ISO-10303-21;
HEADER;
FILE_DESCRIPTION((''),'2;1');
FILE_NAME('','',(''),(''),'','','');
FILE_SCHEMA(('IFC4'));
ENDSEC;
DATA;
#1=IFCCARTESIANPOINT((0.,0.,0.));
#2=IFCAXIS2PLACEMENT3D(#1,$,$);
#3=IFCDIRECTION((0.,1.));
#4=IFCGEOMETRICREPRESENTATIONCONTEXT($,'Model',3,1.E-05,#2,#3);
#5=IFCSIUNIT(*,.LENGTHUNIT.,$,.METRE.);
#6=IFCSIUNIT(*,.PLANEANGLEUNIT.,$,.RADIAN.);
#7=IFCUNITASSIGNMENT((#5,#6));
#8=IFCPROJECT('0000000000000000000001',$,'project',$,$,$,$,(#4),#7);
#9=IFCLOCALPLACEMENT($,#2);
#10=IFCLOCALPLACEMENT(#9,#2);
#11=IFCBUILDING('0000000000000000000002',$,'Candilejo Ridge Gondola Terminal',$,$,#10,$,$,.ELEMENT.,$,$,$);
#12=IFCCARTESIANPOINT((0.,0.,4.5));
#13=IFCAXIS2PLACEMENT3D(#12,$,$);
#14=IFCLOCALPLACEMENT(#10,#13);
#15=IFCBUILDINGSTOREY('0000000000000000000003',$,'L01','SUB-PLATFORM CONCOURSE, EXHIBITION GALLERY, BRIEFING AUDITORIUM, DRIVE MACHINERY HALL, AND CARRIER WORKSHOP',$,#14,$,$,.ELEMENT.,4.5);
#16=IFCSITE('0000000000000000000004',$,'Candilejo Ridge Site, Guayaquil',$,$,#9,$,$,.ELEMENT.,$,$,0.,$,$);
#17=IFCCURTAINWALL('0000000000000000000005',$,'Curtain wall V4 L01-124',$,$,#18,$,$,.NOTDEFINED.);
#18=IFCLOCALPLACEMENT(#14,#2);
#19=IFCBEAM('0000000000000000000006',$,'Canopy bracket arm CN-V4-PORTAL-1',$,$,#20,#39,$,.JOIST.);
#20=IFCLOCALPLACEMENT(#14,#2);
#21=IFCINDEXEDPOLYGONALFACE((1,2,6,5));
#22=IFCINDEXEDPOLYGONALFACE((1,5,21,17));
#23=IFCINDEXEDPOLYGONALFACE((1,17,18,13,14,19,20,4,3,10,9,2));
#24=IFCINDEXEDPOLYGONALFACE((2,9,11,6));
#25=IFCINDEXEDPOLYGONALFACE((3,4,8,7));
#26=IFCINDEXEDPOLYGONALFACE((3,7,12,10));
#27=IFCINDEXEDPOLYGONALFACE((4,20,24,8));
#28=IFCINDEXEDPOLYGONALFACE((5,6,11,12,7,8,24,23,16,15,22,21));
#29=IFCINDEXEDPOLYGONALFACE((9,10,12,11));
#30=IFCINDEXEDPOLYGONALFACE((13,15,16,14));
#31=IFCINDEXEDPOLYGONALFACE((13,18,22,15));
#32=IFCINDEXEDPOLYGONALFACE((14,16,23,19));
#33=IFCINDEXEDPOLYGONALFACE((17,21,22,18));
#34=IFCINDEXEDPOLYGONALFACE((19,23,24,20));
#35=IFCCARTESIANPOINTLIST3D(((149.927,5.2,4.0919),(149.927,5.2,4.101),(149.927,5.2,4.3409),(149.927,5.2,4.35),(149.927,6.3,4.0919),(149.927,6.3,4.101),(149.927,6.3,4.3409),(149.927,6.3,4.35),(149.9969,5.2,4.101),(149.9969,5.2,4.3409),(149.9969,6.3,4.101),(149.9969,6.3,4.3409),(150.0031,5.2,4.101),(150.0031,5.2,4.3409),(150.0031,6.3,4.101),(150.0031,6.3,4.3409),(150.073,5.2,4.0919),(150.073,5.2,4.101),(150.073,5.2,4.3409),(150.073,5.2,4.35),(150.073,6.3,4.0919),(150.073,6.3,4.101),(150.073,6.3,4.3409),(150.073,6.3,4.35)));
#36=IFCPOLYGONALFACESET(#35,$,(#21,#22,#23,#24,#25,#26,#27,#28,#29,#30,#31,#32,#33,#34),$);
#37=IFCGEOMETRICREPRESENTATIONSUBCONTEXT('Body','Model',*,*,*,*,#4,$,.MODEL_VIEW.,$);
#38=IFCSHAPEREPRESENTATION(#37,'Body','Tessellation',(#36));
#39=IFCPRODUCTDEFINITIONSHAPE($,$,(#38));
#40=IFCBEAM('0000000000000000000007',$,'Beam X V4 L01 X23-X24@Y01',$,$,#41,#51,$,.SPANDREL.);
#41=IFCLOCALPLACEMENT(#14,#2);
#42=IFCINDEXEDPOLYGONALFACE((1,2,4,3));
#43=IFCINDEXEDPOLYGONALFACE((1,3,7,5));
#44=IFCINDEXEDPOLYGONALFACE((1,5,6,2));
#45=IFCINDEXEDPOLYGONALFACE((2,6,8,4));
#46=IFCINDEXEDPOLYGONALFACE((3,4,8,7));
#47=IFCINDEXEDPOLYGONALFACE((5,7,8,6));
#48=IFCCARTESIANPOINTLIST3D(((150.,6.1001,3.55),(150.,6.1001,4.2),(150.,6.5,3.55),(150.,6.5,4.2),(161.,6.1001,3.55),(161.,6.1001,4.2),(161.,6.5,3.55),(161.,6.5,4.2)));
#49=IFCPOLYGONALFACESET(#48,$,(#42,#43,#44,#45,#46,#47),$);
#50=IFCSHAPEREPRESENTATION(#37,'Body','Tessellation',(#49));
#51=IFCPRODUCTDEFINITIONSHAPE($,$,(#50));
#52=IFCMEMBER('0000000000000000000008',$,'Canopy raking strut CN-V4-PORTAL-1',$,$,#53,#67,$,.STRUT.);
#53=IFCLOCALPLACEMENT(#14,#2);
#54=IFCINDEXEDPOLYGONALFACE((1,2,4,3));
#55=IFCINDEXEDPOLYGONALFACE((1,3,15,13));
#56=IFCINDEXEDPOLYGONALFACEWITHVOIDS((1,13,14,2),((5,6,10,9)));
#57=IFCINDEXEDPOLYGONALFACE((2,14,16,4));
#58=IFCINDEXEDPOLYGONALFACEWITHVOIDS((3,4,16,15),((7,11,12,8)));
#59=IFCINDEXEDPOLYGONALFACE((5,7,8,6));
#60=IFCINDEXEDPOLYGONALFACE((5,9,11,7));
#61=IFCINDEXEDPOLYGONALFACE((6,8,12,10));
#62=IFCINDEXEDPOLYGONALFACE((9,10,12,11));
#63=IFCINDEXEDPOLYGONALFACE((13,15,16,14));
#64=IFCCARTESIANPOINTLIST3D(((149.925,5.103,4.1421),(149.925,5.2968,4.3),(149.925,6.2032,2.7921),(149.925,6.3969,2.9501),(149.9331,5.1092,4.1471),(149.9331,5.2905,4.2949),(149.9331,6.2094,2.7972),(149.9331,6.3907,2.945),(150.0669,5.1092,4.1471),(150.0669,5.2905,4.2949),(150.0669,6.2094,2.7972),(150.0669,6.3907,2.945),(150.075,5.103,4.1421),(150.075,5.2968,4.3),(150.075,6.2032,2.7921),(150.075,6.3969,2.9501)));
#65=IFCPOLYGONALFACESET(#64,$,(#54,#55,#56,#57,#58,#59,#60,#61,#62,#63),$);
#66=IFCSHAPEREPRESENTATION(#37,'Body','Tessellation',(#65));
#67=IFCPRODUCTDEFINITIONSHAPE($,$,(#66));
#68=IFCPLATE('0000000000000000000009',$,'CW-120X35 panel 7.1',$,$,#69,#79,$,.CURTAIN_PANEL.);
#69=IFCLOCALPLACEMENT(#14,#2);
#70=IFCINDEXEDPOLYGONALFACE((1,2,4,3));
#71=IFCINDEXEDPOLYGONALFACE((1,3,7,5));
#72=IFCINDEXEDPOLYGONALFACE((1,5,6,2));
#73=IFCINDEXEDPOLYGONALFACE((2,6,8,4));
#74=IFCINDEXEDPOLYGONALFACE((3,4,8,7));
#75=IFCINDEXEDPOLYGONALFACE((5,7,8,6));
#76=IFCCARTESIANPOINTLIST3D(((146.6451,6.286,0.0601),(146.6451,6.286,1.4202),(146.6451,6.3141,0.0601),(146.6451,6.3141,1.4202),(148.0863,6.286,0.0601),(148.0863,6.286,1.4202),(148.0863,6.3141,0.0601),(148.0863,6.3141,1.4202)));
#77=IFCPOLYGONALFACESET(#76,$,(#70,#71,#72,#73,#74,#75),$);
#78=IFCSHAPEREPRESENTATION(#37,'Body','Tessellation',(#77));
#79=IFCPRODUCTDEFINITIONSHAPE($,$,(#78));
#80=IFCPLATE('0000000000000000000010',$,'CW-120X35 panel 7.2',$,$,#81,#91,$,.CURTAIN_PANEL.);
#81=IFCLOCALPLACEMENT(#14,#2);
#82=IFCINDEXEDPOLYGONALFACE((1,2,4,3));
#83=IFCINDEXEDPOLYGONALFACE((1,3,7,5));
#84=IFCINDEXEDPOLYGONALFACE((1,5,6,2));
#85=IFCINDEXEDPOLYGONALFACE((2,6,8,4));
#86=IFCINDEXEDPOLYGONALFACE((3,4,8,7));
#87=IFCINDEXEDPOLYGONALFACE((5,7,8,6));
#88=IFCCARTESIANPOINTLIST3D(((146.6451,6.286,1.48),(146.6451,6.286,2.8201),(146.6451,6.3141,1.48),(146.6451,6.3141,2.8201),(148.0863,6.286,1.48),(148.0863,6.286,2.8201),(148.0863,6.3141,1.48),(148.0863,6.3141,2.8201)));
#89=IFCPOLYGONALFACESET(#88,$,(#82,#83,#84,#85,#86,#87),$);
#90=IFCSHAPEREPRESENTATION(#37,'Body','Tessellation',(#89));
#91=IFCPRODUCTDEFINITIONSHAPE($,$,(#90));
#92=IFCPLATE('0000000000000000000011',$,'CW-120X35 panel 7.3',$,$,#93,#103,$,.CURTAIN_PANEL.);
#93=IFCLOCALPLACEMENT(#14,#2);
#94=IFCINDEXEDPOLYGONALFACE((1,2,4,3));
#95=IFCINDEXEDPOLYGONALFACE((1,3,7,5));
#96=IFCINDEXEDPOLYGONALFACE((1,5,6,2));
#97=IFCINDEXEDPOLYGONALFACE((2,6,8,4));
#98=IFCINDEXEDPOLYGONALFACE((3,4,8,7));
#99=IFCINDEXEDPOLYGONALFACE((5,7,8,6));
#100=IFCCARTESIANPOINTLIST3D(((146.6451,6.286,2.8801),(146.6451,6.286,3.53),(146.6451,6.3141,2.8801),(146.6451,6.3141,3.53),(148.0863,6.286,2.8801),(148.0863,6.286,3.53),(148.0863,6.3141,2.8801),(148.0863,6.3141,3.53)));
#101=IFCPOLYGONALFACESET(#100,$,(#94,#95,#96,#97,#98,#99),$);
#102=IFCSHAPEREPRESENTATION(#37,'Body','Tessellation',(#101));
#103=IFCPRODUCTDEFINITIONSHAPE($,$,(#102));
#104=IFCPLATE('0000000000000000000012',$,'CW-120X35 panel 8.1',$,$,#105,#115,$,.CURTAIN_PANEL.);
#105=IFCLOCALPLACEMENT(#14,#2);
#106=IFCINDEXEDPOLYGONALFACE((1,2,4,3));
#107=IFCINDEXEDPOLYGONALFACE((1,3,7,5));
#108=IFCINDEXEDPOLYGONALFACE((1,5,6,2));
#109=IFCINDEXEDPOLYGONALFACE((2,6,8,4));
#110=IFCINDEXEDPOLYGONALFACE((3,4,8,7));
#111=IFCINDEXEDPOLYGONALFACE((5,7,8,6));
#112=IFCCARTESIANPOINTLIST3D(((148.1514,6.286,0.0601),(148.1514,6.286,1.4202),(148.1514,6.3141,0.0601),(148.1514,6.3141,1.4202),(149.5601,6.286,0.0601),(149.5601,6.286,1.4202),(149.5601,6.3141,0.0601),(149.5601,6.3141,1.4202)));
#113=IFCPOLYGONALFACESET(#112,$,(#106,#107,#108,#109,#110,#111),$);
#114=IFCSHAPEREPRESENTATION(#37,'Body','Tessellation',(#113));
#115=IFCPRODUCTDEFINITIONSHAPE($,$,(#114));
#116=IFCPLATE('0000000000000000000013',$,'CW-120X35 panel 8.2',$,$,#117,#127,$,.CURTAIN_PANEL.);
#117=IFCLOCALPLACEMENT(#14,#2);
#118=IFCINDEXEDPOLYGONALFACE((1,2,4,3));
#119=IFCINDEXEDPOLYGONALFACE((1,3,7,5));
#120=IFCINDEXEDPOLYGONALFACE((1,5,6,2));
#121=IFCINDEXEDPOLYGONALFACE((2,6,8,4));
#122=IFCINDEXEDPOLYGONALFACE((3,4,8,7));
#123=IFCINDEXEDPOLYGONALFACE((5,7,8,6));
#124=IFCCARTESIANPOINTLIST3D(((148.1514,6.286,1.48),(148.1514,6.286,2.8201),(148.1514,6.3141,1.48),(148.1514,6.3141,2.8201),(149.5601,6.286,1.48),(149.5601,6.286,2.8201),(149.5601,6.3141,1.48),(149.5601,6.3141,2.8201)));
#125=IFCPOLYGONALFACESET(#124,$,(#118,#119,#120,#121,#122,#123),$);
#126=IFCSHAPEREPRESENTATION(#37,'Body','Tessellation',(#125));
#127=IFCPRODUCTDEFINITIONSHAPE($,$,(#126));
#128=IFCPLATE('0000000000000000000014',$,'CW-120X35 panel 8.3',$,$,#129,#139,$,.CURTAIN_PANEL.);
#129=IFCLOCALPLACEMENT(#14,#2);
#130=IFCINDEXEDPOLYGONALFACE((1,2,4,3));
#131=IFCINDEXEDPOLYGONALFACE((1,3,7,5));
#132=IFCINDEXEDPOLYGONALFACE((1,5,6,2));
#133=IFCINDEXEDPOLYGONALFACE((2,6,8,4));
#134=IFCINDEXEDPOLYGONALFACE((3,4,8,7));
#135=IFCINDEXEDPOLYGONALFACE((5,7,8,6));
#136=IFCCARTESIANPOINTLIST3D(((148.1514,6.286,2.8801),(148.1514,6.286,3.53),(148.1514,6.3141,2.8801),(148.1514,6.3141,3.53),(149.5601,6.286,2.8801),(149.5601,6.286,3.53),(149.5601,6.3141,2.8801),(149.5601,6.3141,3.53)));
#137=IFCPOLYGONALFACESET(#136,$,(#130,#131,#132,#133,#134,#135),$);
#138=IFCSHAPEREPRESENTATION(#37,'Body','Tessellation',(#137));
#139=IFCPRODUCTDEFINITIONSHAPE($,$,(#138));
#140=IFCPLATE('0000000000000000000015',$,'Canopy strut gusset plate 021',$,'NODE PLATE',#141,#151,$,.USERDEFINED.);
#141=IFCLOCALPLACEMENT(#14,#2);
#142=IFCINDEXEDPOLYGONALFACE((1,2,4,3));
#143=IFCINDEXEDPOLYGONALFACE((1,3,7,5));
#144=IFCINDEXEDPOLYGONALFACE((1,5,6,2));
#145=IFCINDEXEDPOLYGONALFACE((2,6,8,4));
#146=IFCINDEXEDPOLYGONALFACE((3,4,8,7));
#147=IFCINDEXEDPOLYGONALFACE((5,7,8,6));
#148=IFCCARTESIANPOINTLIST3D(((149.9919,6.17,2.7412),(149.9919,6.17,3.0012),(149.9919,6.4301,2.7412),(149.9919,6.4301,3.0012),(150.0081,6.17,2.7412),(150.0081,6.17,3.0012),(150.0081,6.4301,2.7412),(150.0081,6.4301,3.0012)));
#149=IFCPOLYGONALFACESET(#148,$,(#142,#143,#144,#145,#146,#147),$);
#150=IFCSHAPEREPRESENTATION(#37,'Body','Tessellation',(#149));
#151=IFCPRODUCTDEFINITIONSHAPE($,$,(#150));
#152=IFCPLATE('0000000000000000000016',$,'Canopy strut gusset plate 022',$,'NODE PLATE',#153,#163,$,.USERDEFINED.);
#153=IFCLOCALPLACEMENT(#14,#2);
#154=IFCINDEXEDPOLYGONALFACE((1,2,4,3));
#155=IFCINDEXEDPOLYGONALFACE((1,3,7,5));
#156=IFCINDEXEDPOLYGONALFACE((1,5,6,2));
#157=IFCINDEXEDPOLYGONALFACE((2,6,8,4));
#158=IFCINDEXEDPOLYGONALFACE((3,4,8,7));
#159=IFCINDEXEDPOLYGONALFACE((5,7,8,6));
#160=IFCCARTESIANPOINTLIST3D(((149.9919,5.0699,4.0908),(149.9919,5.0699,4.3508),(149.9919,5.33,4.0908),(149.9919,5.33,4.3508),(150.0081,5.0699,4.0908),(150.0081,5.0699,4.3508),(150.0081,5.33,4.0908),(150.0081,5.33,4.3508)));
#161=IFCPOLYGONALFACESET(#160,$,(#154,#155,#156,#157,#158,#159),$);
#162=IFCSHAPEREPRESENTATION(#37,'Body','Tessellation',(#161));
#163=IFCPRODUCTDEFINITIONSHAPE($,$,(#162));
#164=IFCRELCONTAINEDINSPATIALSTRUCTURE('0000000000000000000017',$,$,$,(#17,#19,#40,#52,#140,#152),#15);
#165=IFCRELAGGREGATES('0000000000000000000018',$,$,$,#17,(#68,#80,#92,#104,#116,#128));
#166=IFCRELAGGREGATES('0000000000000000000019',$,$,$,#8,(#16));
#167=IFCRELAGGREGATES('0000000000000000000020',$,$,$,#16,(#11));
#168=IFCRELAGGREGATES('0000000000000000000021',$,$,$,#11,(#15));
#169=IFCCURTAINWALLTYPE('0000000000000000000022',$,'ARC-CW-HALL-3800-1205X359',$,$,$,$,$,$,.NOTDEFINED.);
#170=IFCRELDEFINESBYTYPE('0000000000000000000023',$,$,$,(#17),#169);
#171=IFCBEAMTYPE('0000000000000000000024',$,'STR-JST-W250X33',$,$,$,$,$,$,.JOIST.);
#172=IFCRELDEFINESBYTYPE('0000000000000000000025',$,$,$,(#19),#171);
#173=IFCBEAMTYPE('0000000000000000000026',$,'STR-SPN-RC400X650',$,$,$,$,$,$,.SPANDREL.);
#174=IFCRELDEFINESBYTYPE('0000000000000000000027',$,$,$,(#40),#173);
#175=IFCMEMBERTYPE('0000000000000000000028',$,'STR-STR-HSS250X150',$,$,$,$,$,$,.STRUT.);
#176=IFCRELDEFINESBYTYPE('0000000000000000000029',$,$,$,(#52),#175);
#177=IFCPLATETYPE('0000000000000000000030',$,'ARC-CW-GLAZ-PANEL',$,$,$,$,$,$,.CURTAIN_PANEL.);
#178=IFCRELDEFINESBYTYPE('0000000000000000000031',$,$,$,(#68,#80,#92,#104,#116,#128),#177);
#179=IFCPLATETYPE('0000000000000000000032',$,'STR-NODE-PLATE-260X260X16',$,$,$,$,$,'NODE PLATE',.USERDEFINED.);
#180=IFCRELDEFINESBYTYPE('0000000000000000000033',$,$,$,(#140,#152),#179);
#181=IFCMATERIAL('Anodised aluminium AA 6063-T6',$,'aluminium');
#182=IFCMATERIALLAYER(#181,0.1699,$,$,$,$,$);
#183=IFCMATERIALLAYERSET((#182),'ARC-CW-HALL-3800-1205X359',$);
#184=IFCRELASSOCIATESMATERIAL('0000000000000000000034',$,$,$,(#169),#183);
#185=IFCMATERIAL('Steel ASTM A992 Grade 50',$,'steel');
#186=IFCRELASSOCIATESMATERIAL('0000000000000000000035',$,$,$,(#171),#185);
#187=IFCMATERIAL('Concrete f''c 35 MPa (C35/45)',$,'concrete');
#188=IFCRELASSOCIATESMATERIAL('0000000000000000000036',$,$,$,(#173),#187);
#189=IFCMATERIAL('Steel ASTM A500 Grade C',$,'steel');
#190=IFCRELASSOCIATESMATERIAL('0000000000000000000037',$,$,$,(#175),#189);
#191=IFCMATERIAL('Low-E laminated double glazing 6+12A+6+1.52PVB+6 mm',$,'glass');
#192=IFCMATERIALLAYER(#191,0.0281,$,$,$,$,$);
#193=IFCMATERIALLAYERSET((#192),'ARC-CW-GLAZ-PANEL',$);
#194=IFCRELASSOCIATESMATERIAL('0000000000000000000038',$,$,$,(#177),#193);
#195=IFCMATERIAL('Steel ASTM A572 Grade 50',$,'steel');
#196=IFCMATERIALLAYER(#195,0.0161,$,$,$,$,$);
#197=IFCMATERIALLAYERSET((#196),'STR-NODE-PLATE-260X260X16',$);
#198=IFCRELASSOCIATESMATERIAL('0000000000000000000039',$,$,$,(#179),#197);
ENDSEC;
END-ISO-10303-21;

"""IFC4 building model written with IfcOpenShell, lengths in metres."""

from ifc_helpers import new_model, si_unit, direction, frame, origin, origin_2d, place, context, subcontext, project, spatial, rectangle, hollow_rectangle, i_section, extrude, material, layer, layer_set, material_profile, profile_set, type_object, element, aggregate, save


model = new_model("IFC4")

# Units and contexts
model_context = context("Model", 3, precision=1e-05, world=origin(), true_north=direction((0.0, 1.0)))
body_context = subcontext(model_context, "Body", "Model", "MODEL_VIEW")
ifc_project = project(units=[si_unit("LENGTHUNIT", "METRE"), si_unit("PLANEANGLEUNIT", "RADIAN")], contexts=[model_context])

# Site, building, storey
site_placement = place(None, origin())
site = spatial("IfcSite", under=ifc_project, at=site_placement, Name="Candilejo Ridge Site, Guayaquil", CompositionType="ELEMENT", RefElevation=0.0)
building_placement = place(site_placement, origin())
building = spatial("IfcBuilding", under=site, at=building_placement, Name="Candilejo Ridge Gondola Terminal", CompositionType="ELEMENT")
storey_placement = place(building_placement, frame((0.0, 0.0, 4.5)))
storey = spatial("IfcBuildingStorey", under=building, at=storey_placement, Name="L01", Description="SUB-PLATFORM CONCOURSE, EXHIBITION GALLERY, BRIEFING AUDITORIUM, DRIVE MACHINERY HALL, AND CARRIER WORKSHOP", CompositionType="ELEMENT", Elevation=4.5)

# Curtain wall
ifc_material_1 = material(Name="Anodised aluminium AA 6063-T6", Category="aluminium")
ifc_layer_1 = layer(ifc_material_1, 0.1699)
ifc_layer_set_1 = layer_set([ifc_layer_1], Name="ARC-CW-HALL-3800-1205X359")
curtain_wall_type = type_object("IfcCurtainWallType", Name="ARC-CW-HALL-3800-1205X359", PredefinedType="NOTDEFINED", material=ifc_layer_set_1)
curtain_wall_placement = place(storey_placement, origin())
curtain_wall = element("IfcCurtainWall", 1, at=curtain_wall_placement, inside=storey, type_object=curtain_wall_type, Name="Curtain wall V4 L01-124", PredefinedType="NOTDEFINED")

# Beams
ifc_material_2 = material(Name="Steel ASTM A992 Grade 50", Category="steel")
ifc_material_profile_1 = material_profile(ifc_material_2, i_section(OverallWidth=0.146, OverallDepth=0.2581, WebThickness=0.0061, FlangeThickness=0.009, at=origin_2d()))
ifc_profile_set_1 = profile_set([ifc_material_profile_1], Name="Steel ASTM A992 Grade 50")
beam_type_1 = type_object("IfcBeamType", Name="STR-JST-W250X33", PredefinedType="JOIST", material=ifc_profile_set_1)
beam_1_placement = place(storey_placement, frame((150.0, 5.2, 4.2209), z_axis=(0.0, 1.0, 0.0), x_axis=(-1.0, 0.0, 0.0)))
element("IfcBeam", 2, at=beam_1_placement, inside=storey, type_object=beam_type_1, Name="Canopy bracket arm CN-V4-PORTAL-1", PredefinedType="JOIST", context=body_context, shape_type="SweptSolid", body=[
    extrude(i_section(OverallWidth=0.146, OverallDepth=0.2581, WebThickness=0.0061, FlangeThickness=0.009, at=origin_2d()), origin(), (0.0, 0.0, 1.0), 1.1001),
])
ifc_material_3 = material(Name="Concrete f'c 35 MPa (C35/45)", Category="concrete")
ifc_material_profile_2 = material_profile(ifc_material_3, rectangle(XDim=0.3999, YDim=0.6499, at=origin_2d()))
ifc_profile_set_2 = profile_set([ifc_material_profile_2], Name="Concrete f'c 35 MPa (C35/45)")
beam_type_2 = type_object("IfcBeamType", Name="STR-SPN-RC400X650", PredefinedType="SPANDREL", material=ifc_profile_set_2)
beam_2_placement = place(storey_placement, frame((150.0, 6.3, 3.875), z_axis=(1.0, 0.0, 0.0), x_axis=(0.0, 1.0, 0.0)))
element("IfcBeam", 3, at=beam_2_placement, inside=storey, type_object=beam_type_2, Name="Beam X V4 L01 X23-X24@Y01", PredefinedType="SPANDREL", context=body_context, shape_type="SweptSolid", body=[
    extrude(rectangle(XDim=0.3999, YDim=0.6499, at=origin_2d()), origin(), (0.0, 0.0, 1.0), 11.0),
])

# Member
ifc_material_4 = material(Name="Steel ASTM A500 Grade C", Category="steel")
ifc_material_profile_3 = material_profile(ifc_material_4, hollow_rectangle(XDim=0.1499, YDim=0.25, WallThickness=0.0081, at=origin_2d()))
ifc_profile_set_3 = profile_set([ifc_material_profile_3], Name="Steel ASTM A500 Grade C")
member_type_1 = type_object("IfcMemberType", Name="STR-STR-HSS250X150", PredefinedType="STRUT", material=ifc_profile_set_3)
member_1_placement = place(storey_placement, frame((150.0, 6.3, 2.8711), z_axis=(0.0, -0.631748, 0.775174), x_axis=(1.0, 0.0, 0.0)))
element("IfcMember", 4, at=member_1_placement, inside=storey, type_object=member_type_1, Name="Canopy raking strut CN-V4-PORTAL-1", PredefinedType="STRUT", context=body_context, shape_type="SweptSolid", body=[
    extrude(hollow_rectangle(XDim=0.1499, YDim=0.25, WallThickness=0.0081, at=origin_2d()), origin(), (0.0, 0.0, 1.0), 1.7415),
])

# Plates
ifc_material_5 = material(Name="Low-E laminated double glazing 6+12A+6+1.52PVB+6 mm", Category="glass")
ifc_layer_2 = layer(ifc_material_5, 0.0281)
ifc_layer_set_2 = layer_set([ifc_layer_2], Name="ARC-CW-GLAZ-PANEL")
plate_type_1 = type_object("IfcPlateType", Name="ARC-CW-GLAZ-PANEL", PredefinedType="CURTAIN_PANEL", material=ifc_layer_set_2)
plate_1_placement = place(storey_placement, frame((147.3657, 6.3, 0.0601), z_axis=(0.0, 0.0, 1.0), x_axis=(1.0, 0.0, 0.0)))
plate_1 = element("IfcPlate", 5, at=plate_1_placement, type_object=plate_type_1, Name="CW-120X35 panel 7.1", PredefinedType="CURTAIN_PANEL", context=body_context, shape_type="SweptSolid", body=[
    extrude(rectangle(XDim=1.4412, YDim=0.0281, at=origin_2d()), origin(), (0.0, 0.0, 1.0), 1.3601),
])
plate_2_placement = place(storey_placement, frame((147.3657, 6.3, 1.48), z_axis=(0.0, 0.0, 1.0), x_axis=(1.0, 0.0, 0.0)))
plate_2 = element("IfcPlate", 6, at=plate_2_placement, type_object=plate_type_1, Name="CW-120X35 panel 7.2", PredefinedType="CURTAIN_PANEL", context=body_context, shape_type="SweptSolid", body=[
    extrude(rectangle(XDim=1.4412, YDim=0.0281, at=origin_2d()), origin(), (0.0, 0.0, 1.0), 1.3401),
])
plate_3_placement = place(storey_placement, frame((147.3657, 6.3, 2.8801), z_axis=(0.0, 0.0, 1.0), x_axis=(1.0, 0.0, 0.0)))
plate_3 = element("IfcPlate", 7, at=plate_3_placement, type_object=plate_type_1, Name="CW-120X35 panel 7.3", PredefinedType="CURTAIN_PANEL", context=body_context, shape_type="SweptSolid", body=[
    extrude(rectangle(XDim=1.4412, YDim=0.0281, at=origin_2d()), origin(), (0.0, 0.0, 1.0), 0.6499),
])
plate_4_placement = place(storey_placement, frame((148.8557, 6.3, 0.0601), z_axis=(0.0, 0.0, 1.0), x_axis=(1.0, 0.0, 0.0)))
plate_4 = element("IfcPlate", 8, at=plate_4_placement, type_object=plate_type_1, Name="CW-120X35 panel 8.1", PredefinedType="CURTAIN_PANEL", context=body_context, shape_type="SweptSolid", body=[
    extrude(rectangle(XDim=1.4087, YDim=0.0281, at=origin_2d()), origin(), (0.0, 0.0, 1.0), 1.3601),
])
plate_5_placement = place(storey_placement, frame((148.8557, 6.3, 1.48), z_axis=(0.0, 0.0, 1.0), x_axis=(1.0, 0.0, 0.0)))
plate_5 = element("IfcPlate", 9, at=plate_5_placement, type_object=plate_type_1, Name="CW-120X35 panel 8.2", PredefinedType="CURTAIN_PANEL", context=body_context, shape_type="SweptSolid", body=[
    extrude(rectangle(XDim=1.4087, YDim=0.0281, at=origin_2d()), origin(), (0.0, 0.0, 1.0), 1.3401),
])
plate_6_placement = place(storey_placement, frame((148.8557, 6.3, 2.8801), z_axis=(0.0, 0.0, 1.0), x_axis=(1.0, 0.0, 0.0)))
plate_6 = element("IfcPlate", 10, at=plate_6_placement, type_object=plate_type_1, Name="CW-120X35 panel 8.3", PredefinedType="CURTAIN_PANEL", context=body_context, shape_type="SweptSolid", body=[
    extrude(rectangle(XDim=1.4087, YDim=0.0281, at=origin_2d()), origin(), (0.0, 0.0, 1.0), 0.6499),
])
aggregate(curtain_wall, [plate_1, plate_2, plate_3, plate_4, plate_5, plate_6])

# Plates
ifc_material_6 = material(Name="Steel ASTM A572 Grade 50", Category="steel")
ifc_layer_3 = layer(ifc_material_6, 0.0161)
ifc_layer_set_3 = layer_set([ifc_layer_3], Name="STR-NODE-PLATE-260X260X16")
plate_type_2 = type_object("IfcPlateType", Name="STR-NODE-PLATE-260X260X16", ElementType="NODE PLATE", PredefinedType="USERDEFINED", material=ifc_layer_set_3)
for number, where, z_axis, x_axis, name in (
    (11, (150.0, 6.3, 2.7412), (0.0, 0.0, 1.0), (1.0, 0.0, 0.0), "Canopy strut gusset plate 021"),
    (12, (150.0, 5.2, 4.0908), (0.0, 0.0, 1.0), (1.0, 0.0, 0.0), "Canopy strut gusset plate 022"),
):
    element("IfcPlate", number, at=place(storey_placement, frame(where, z_axis=z_axis, x_axis=x_axis)), inside=storey, type_object=plate_type_2, Name=name, ObjectType="NODE PLATE", PredefinedType="USERDEFINED", context=body_context, shape_type="SweptSolid", body=[
        extrude(rectangle(XDim=0.0161, YDim=0.26, at=origin_2d()), origin(), (0.0, 0.0, 1.0), 0.26),
    ])

save(model, "model.ifc")
